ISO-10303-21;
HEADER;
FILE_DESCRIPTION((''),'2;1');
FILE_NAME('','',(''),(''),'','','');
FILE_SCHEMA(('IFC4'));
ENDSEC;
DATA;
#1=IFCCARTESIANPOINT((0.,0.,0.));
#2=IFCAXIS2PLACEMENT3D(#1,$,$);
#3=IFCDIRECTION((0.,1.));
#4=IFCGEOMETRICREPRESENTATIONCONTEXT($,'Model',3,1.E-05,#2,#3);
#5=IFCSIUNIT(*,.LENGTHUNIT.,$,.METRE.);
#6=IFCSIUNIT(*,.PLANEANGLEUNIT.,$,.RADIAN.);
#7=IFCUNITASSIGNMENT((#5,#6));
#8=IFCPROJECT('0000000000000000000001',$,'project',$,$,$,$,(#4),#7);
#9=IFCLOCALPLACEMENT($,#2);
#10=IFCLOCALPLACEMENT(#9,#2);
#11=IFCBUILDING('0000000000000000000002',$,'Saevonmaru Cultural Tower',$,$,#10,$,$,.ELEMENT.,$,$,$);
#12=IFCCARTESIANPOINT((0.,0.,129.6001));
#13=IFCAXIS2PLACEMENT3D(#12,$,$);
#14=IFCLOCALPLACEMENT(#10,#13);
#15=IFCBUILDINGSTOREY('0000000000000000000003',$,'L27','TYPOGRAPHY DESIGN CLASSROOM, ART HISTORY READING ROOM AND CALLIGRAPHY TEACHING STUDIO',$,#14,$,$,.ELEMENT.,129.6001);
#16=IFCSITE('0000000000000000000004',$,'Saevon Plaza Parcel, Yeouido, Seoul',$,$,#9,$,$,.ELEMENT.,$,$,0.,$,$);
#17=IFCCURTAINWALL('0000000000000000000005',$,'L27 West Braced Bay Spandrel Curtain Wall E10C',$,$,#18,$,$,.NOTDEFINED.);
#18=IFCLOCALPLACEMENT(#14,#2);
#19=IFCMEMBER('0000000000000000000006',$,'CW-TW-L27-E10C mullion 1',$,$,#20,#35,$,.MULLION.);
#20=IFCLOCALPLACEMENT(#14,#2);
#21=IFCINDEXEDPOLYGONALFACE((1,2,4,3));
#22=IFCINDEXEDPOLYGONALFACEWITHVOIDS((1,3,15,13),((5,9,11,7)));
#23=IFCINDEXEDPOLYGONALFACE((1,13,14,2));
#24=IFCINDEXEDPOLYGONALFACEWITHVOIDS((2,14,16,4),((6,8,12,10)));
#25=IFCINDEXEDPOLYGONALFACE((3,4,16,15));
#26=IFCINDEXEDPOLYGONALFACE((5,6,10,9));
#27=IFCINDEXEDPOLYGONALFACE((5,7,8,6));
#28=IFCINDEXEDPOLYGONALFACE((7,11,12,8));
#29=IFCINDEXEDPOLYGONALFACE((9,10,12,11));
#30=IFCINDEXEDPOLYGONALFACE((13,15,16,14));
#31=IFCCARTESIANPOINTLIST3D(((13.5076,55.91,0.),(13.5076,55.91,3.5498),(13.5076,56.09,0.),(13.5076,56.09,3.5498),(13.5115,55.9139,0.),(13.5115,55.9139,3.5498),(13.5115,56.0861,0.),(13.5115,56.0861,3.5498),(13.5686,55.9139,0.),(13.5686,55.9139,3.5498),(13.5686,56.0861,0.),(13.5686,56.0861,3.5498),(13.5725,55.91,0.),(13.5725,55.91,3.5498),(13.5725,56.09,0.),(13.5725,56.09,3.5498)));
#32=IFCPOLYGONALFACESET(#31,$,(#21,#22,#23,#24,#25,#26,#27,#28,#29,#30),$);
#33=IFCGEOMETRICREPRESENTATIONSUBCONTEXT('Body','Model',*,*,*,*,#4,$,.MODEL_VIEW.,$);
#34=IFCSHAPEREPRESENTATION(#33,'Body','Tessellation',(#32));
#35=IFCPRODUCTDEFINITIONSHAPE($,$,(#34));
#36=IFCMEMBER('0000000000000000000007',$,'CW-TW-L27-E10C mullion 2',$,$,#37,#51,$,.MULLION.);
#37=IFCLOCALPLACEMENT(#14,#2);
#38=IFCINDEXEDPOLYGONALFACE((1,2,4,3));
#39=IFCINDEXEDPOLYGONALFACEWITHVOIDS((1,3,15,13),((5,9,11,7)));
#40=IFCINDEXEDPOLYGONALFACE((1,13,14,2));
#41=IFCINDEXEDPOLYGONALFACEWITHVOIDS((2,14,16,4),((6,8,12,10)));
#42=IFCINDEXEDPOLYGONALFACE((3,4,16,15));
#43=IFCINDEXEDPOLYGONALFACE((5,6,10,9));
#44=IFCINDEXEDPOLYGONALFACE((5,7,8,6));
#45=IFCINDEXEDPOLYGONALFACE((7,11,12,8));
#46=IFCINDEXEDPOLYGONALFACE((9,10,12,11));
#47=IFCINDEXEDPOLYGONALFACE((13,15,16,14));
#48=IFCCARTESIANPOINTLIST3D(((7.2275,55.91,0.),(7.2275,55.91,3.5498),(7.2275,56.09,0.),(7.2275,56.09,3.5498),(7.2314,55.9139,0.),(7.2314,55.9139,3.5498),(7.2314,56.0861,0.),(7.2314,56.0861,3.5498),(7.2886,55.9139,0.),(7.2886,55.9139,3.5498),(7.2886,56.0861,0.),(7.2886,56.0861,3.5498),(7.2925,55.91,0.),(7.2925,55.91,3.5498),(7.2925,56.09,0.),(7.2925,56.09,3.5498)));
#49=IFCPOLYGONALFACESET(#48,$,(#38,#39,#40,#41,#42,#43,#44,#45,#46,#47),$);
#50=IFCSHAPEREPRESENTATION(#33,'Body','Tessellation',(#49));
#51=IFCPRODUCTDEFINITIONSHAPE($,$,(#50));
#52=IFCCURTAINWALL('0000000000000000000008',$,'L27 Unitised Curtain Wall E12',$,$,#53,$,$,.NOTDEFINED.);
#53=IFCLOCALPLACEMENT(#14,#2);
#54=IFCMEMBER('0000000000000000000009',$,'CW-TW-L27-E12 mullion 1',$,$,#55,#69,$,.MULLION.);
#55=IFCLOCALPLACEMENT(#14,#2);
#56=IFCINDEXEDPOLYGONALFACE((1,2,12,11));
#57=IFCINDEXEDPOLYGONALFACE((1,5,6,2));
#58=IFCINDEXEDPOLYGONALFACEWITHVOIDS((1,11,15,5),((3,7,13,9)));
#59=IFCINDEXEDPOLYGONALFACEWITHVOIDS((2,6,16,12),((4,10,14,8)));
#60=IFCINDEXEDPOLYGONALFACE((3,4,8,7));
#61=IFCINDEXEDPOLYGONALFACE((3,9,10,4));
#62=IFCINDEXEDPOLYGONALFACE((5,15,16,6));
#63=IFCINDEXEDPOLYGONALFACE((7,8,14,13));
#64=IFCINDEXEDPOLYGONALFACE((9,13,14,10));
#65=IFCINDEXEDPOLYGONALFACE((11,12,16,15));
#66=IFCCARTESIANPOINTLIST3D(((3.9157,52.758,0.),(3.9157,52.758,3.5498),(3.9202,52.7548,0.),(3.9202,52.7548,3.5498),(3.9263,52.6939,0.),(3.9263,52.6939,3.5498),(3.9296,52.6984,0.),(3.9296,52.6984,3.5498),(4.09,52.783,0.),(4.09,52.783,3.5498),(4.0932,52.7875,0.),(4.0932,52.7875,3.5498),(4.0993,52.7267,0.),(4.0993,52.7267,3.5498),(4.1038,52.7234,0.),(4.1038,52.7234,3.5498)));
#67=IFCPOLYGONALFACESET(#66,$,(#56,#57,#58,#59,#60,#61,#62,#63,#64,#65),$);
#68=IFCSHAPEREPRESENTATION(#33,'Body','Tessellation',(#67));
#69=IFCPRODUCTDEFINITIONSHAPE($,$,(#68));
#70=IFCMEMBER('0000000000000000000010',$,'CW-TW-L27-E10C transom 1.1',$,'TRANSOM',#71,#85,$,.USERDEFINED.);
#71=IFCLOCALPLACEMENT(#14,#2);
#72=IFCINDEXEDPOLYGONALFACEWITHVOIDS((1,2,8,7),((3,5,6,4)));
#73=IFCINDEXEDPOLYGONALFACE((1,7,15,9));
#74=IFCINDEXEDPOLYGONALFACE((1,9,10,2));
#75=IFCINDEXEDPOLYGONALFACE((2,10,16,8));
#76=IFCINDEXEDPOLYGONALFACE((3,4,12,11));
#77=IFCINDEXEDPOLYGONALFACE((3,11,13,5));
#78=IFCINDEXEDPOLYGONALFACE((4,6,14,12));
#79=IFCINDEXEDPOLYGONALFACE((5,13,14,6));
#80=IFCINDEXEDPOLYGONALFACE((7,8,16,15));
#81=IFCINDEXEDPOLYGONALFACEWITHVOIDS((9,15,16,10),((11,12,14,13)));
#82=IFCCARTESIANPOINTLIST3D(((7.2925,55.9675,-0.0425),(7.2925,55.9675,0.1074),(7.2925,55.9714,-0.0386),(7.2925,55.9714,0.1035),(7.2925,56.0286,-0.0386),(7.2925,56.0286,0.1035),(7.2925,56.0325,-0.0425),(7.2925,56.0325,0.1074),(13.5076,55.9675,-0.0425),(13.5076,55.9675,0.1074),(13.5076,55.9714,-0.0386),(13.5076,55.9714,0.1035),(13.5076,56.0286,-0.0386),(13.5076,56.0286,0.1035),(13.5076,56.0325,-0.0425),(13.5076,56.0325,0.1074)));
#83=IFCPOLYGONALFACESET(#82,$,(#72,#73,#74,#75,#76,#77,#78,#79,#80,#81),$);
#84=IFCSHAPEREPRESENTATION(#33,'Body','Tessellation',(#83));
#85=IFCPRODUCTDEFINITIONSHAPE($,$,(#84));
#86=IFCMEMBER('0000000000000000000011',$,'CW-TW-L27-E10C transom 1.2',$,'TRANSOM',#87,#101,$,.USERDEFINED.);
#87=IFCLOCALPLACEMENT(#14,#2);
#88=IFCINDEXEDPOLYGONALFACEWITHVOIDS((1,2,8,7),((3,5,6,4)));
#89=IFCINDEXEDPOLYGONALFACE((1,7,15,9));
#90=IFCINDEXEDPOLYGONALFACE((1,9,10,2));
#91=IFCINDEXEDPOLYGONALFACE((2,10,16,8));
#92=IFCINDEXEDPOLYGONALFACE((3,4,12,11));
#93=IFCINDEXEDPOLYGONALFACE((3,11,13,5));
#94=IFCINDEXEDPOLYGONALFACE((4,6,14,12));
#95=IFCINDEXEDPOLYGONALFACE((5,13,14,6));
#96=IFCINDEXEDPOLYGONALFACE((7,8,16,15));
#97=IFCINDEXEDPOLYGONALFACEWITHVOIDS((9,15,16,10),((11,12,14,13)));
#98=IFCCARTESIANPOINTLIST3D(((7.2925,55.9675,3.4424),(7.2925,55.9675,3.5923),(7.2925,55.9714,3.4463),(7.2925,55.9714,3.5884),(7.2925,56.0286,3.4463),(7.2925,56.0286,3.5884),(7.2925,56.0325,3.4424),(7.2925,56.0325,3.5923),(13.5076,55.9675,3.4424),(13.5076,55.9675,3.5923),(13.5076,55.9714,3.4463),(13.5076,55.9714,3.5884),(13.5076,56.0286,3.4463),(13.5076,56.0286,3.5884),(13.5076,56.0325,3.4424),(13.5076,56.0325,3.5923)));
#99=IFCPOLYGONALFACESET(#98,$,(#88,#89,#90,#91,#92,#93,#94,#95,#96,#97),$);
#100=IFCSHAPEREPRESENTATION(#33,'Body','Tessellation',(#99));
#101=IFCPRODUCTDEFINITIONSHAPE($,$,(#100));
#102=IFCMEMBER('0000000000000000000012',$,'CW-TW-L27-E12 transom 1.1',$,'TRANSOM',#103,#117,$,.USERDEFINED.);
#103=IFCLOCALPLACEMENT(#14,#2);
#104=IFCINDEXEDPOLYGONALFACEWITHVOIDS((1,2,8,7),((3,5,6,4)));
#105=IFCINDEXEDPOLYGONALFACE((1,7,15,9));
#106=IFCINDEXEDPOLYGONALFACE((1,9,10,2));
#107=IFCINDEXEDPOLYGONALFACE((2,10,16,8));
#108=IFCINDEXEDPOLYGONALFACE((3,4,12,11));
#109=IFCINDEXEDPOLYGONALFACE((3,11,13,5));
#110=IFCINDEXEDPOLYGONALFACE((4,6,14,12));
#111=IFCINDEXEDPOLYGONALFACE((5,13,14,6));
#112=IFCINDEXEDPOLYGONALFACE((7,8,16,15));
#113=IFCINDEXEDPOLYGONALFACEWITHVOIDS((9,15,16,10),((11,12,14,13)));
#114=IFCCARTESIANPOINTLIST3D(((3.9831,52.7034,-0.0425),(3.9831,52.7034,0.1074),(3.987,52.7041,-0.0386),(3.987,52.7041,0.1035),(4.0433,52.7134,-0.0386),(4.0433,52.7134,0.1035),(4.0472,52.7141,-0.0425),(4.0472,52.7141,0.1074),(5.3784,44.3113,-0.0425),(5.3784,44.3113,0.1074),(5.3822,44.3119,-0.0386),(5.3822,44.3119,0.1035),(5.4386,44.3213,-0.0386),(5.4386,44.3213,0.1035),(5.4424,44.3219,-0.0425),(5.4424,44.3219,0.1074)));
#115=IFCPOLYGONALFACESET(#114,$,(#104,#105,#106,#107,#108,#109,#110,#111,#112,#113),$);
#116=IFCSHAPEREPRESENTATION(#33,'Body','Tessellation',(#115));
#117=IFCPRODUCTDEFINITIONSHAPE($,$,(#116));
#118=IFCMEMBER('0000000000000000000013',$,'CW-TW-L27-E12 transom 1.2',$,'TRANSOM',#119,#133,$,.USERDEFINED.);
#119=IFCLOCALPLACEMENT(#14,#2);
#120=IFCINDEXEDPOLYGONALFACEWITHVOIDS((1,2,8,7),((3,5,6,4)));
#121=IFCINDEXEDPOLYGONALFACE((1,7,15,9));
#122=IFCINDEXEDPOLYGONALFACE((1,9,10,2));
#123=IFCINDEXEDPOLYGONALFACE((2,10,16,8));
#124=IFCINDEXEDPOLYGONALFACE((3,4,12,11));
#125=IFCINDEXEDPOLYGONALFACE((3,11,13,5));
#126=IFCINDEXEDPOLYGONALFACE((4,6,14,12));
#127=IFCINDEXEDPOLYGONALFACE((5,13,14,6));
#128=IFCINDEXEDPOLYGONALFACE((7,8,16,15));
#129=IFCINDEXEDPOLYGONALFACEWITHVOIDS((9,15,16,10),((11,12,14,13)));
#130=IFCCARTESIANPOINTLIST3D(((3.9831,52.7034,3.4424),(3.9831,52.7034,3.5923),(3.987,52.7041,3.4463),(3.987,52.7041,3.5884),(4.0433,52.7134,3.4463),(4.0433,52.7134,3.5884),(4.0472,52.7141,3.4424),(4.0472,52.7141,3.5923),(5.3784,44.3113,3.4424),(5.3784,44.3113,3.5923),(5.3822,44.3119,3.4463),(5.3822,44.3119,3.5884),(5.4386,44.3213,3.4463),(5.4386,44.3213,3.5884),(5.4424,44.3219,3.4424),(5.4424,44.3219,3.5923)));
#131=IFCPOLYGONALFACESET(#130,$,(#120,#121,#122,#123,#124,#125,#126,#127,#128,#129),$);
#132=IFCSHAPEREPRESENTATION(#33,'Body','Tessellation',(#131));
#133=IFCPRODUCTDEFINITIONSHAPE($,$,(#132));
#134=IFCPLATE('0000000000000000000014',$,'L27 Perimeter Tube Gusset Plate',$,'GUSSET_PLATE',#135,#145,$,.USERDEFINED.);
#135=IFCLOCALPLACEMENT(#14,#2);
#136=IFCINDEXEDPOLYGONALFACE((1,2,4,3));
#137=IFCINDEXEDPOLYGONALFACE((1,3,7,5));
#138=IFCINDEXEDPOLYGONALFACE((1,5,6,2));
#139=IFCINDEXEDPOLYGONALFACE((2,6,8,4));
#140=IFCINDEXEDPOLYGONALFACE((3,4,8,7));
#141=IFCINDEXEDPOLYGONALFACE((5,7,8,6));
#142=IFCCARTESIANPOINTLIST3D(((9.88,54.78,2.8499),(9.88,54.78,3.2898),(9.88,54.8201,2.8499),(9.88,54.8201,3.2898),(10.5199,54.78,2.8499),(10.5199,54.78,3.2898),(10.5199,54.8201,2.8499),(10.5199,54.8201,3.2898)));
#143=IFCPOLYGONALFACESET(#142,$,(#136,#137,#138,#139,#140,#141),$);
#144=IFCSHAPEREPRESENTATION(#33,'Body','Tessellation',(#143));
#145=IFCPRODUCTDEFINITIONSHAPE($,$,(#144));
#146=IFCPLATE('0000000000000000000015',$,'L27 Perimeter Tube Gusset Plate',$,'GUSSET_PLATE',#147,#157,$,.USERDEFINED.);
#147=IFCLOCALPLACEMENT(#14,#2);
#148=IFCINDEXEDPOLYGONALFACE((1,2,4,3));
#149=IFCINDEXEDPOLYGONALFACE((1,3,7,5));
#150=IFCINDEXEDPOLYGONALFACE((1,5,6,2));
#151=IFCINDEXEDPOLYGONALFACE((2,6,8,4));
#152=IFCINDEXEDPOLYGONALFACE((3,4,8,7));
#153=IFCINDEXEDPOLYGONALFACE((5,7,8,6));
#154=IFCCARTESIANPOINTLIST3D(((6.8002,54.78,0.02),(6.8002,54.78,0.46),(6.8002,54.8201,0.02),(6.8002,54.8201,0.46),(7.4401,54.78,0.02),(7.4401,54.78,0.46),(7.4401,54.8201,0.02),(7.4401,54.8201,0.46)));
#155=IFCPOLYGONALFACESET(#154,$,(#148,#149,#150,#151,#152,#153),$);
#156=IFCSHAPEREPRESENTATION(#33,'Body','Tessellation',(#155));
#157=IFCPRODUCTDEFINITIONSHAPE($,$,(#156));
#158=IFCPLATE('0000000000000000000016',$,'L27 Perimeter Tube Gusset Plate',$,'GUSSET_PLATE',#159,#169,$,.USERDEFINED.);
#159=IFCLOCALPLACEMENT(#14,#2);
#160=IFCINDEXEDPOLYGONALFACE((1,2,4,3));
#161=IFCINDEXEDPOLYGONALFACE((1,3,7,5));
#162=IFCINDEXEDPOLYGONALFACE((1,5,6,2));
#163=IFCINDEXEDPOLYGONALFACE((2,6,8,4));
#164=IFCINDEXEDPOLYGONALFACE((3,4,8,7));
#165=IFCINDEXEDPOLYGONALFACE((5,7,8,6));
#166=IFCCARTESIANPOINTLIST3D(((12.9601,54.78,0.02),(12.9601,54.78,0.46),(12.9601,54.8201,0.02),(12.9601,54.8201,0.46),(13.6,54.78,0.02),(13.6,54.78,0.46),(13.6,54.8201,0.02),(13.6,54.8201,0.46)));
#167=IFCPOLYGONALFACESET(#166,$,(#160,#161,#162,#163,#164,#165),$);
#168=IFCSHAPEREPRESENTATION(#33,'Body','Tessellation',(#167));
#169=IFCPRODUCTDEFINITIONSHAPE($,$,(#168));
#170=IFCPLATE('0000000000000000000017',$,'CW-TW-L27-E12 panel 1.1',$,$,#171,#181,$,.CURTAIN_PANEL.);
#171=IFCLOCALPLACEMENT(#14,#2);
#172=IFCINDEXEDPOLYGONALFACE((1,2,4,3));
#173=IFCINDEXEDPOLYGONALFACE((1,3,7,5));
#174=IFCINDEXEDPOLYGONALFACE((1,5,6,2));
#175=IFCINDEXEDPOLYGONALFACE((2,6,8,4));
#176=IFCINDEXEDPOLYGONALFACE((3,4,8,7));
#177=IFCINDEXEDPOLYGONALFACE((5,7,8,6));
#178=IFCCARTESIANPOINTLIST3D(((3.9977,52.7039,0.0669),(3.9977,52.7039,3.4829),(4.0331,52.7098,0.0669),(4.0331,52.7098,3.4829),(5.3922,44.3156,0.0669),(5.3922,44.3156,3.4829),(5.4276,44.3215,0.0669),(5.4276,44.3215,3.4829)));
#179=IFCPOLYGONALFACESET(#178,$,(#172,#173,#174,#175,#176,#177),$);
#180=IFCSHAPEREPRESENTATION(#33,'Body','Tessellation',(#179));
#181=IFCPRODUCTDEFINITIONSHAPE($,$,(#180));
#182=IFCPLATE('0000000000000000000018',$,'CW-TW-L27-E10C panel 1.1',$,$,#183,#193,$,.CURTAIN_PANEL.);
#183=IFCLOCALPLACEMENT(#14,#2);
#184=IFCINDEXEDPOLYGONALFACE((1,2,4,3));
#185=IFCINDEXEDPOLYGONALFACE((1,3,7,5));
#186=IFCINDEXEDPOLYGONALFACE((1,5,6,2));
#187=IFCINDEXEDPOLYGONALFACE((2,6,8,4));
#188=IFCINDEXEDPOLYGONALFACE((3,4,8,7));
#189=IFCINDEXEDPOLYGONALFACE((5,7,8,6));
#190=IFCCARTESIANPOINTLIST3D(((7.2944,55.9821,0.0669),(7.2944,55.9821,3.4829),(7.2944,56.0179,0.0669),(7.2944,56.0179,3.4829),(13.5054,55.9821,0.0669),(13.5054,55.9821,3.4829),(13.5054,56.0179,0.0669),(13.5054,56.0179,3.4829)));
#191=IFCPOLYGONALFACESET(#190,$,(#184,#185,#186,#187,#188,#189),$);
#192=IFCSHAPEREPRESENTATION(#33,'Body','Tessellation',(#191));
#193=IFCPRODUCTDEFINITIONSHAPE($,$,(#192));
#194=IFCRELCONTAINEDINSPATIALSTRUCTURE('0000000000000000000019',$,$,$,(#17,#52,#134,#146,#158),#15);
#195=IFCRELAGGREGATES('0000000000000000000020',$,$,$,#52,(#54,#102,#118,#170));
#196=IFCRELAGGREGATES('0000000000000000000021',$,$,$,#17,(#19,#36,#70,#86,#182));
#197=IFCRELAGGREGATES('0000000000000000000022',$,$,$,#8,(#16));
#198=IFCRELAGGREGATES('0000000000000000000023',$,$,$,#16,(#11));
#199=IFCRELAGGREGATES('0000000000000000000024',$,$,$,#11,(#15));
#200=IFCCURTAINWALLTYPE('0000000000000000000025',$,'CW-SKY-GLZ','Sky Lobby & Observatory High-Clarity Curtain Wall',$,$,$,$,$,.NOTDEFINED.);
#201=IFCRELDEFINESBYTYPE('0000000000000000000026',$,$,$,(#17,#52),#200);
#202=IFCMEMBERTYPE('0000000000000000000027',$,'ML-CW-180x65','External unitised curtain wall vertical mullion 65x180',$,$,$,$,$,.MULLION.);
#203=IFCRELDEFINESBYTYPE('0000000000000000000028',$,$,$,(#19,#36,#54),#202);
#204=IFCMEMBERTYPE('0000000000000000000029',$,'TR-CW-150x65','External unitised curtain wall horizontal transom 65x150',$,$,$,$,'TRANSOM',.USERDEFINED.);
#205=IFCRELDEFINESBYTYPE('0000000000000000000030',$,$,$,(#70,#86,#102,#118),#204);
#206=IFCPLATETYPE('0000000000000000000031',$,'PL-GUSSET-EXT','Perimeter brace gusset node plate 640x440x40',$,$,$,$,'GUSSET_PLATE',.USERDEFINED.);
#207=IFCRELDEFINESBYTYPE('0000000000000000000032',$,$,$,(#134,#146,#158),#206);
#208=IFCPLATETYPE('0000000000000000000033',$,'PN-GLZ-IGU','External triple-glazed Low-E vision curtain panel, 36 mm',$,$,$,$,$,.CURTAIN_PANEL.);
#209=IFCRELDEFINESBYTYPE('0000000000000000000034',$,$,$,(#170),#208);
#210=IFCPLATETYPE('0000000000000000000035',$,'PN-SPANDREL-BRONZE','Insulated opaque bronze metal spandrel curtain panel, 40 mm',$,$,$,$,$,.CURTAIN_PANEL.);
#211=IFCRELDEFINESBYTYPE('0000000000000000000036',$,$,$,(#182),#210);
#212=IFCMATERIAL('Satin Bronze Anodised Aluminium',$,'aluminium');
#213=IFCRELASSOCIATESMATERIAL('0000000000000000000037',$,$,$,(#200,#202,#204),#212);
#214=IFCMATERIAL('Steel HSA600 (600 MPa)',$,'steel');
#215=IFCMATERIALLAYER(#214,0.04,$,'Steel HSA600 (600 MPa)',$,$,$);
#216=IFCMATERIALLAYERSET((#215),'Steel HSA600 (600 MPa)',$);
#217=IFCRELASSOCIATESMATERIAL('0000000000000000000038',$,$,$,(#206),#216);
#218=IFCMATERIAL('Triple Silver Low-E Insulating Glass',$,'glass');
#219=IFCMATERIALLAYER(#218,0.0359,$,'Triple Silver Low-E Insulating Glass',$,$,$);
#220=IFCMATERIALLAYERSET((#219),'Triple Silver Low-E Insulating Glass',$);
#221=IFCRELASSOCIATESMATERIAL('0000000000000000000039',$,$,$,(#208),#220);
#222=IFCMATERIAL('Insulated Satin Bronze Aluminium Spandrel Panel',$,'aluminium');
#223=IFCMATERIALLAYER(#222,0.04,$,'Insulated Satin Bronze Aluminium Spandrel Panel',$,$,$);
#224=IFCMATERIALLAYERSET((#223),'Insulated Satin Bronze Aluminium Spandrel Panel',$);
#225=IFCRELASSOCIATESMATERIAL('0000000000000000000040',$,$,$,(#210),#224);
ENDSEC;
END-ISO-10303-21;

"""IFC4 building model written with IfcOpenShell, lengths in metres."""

from ifc_helpers import new_model, si_unit, direction, frame, origin, origin_2d, place, context, subcontext, project, spatial, rectangle, hollow_rectangle, extrude, material, layer, layer_set, material_profile, profile_set, type_object, element, aggregate, save


model = new_model("IFC4")

# Units and contexts
model_context = context("Model", 3, precision=1e-05, world=origin(), true_north=direction((0.0, 1.0)))
body_context = subcontext(model_context, "Body", "Model", "MODEL_VIEW")
ifc_project = project(units=[si_unit("LENGTHUNIT", "METRE"), si_unit("PLANEANGLEUNIT", "RADIAN")], contexts=[model_context])

# Site, building, storey
site_placement = place(None, origin())
site = spatial("IfcSite", under=ifc_project, at=site_placement, Name="Saevon Plaza Parcel, Yeouido, Seoul", CompositionType="ELEMENT", RefElevation=0.0)
building_placement = place(site_placement, origin())
building = spatial("IfcBuilding", under=site, at=building_placement, Name="Saevonmaru Cultural Tower", CompositionType="ELEMENT")
storey_placement = place(building_placement, frame((0.0, 0.0, 129.6001)))
storey = spatial("IfcBuildingStorey", under=building, at=storey_placement, Name="L27", Description="TYPOGRAPHY DESIGN CLASSROOM, ART HISTORY READING ROOM AND CALLIGRAPHY TEACHING STUDIO", CompositionType="ELEMENT", Elevation=129.6001)

# Curtain wall, members
ifc_material_1 = material(Name="Satin Bronze Anodised Aluminium", Category="aluminium")
curtain_wall_type = type_object("IfcCurtainWallType", Name="CW-SKY-GLZ", Description="Sky Lobby & Observatory High-Clarity Curtain Wall", PredefinedType="NOTDEFINED", material=ifc_material_1)
curtain_wall_1_placement = place(storey_placement, origin())
curtain_wall_1 = element("IfcCurtainWall", 1, at=curtain_wall_1_placement, inside=storey, type_object=curtain_wall_type, Name="L27 West Braced Bay Spandrel Curtain Wall E10C", PredefinedType="NOTDEFINED")
ifc_material_profile_1 = material_profile(ifc_material_1, hollow_rectangle(XDim=0.0649, YDim=0.1799, WallThickness=0.0039, at=origin_2d()), Name="ALU-MULL-180x65x4")
ifc_profile_set_1 = profile_set([ifc_material_profile_1], Name="Satin Bronze Anodised Aluminium")
member_type_1 = type_object("IfcMemberType", Name="ML-CW-180x65", Description="External unitised curtain wall vertical mullion 65x180", PredefinedType="MULLION", material=ifc_profile_set_1)
member_1_placement = place(storey_placement, frame((13.54, 56.0, 0.0), z_axis=(0.0, 0.0, 1.0), x_axis=(-1.0, 0.0, 0.0)))
member_1 = element("IfcMember", 2, at=member_1_placement, type_object=member_type_1, Name="CW-TW-L27-E10C mullion 1", PredefinedType="MULLION", context=body_context, shape_type="SweptSolid", body=[
    extrude(hollow_rectangle(XDim=0.0649, YDim=0.1799, WallThickness=0.0039, at=origin_2d()), origin(), (0.0, 0.0, 1.0), 3.5498),
])
member_2_placement = place(storey_placement, frame((7.26, 56.0, 0.0), z_axis=(0.0, 0.0, 1.0), x_axis=(-1.0, 0.0, 0.0)))
member_2 = element("IfcMember", 3, at=member_2_placement, type_object=member_type_1, Name="CW-TW-L27-E10C mullion 2", PredefinedType="MULLION", context=body_context, shape_type="SweptSolid", body=[
    extrude(hollow_rectangle(XDim=0.0649, YDim=0.1799, WallThickness=0.0039, at=origin_2d()), origin(), (0.0, 0.0, 1.0), 3.5498),
])

# Curtain wall, member
curtain_wall_2_placement = place(storey_placement, origin())
curtain_wall_2 = element("IfcCurtainWall", 4, at=curtain_wall_2_placement, inside=storey, type_object=curtain_wall_type, Name="L27 Unitised Curtain Wall E12", PredefinedType="NOTDEFINED")
member_3_placement = place(storey_placement, frame((4.0098, 52.7407, 0.0), z_axis=(0.0, 0.0, 1.0), x_axis=(0.163999, -0.986461, 0.0)))
member_3 = element("IfcMember", 5, at=member_3_placement, type_object=member_type_1, Name="CW-TW-L27-E12 mullion 1", PredefinedType="MULLION", context=body_context, shape_type="SweptSolid", body=[
    extrude(hollow_rectangle(XDim=0.0649, YDim=0.1799, WallThickness=0.0039, at=origin_2d()), origin(), (0.0, 0.0, 1.0), 3.5498),
])

# Members
ifc_material_profile_2 = material_profile(ifc_material_1, hollow_rectangle(XDim=0.0649, YDim=0.1499, WallThickness=0.0039, at=origin_2d()), Name="ALU-TRAN-150x65x4")
ifc_profile_set_2 = profile_set([ifc_material_profile_2], Name="Satin Bronze Anodised Aluminium")
member_type_2 = type_object("IfcMemberType", Name="TR-CW-150x65", Description="External unitised curtain wall horizontal transom 65x150", ElementType="TRANSOM", PredefinedType="USERDEFINED", material=ifc_profile_set_2)
member_4_placement = place(storey_placement, frame((13.5076, 56.0, 0.0325), z_axis=(-1.0, 0.0, 0.0), x_axis=(0.0, -1.0, 0.0)))
member_4 = element("IfcMember", 6, at=member_4_placement, type_object=member_type_2, Name="CW-TW-L27-E10C transom 1.1", ObjectType="TRANSOM", PredefinedType="USERDEFINED", context=body_context, shape_type="SweptSolid", body=[
    extrude(hollow_rectangle(XDim=0.0649, YDim=0.1499, WallThickness=0.0039, at=origin_2d()), origin(), (0.0, 0.0, 1.0), 6.2151),
])
member_5_placement = place(storey_placement, frame((13.5076, 56.0, 3.5173), z_axis=(-1.0, 0.0, 0.0), x_axis=(0.0, -1.0, 0.0)))
member_5 = element("IfcMember", 7, at=member_5_placement, type_object=member_type_2, Name="CW-TW-L27-E10C transom 1.2", ObjectType="TRANSOM", PredefinedType="USERDEFINED", context=body_context, shape_type="SweptSolid", body=[
    extrude(hollow_rectangle(XDim=0.0649, YDim=0.1499, WallThickness=0.0039, at=origin_2d()), origin(), (0.0, 0.0, 1.0), 6.2151),
])
member_6_placement = place(storey_placement, frame((4.0151, 52.7087, 0.0325), z_axis=(0.164008, -0.986459, 0.0), x_axis=(0.986459, 0.164008, 0.0)))
member_6 = element("IfcMember", 8, at=member_6_placement, type_object=member_type_2, Name="CW-TW-L27-E12 transom 1.1", ObjectType="TRANSOM", PredefinedType="USERDEFINED", context=body_context, shape_type="SweptSolid", body=[
    extrude(hollow_rectangle(XDim=0.0649, YDim=0.1499, WallThickness=0.0039, at=origin_2d()), origin(), (0.0, 0.0, 1.0), 8.5073),
])
member_7_placement = place(storey_placement, frame((4.0151, 52.7087, 3.5173), z_axis=(0.164008, -0.986459, 0.0), x_axis=(0.986459, 0.164008, 0.0)))
member_7 = element("IfcMember", 9, at=member_7_placement, type_object=member_type_2, Name="CW-TW-L27-E12 transom 1.2", ObjectType="TRANSOM", PredefinedType="USERDEFINED", context=body_context, shape_type="SweptSolid", body=[
    extrude(hollow_rectangle(XDim=0.0649, YDim=0.1499, WallThickness=0.0039, at=origin_2d()), origin(), (0.0, 0.0, 1.0), 8.5073),
])

# Plates
ifc_material_2 = material(Name="Steel HSA600 (600 MPa)", Category="steel")
ifc_layer_1 = layer(ifc_material_2, 0.04, Name="Steel HSA600 (600 MPa)")
ifc_layer_set_1 = layer_set([ifc_layer_1], Name="Steel HSA600 (600 MPa)")
plate_type_1 = type_object("IfcPlateType", Name="PL-GUSSET-EXT", Description="Perimeter brace gusset node plate 640x440x40", ElementType="GUSSET_PLATE", PredefinedType="USERDEFINED", material=ifc_layer_set_1)
for number, where, z_axis, x_axis, name in (
    (10, (10.2, 54.8, 2.8499), (0.0, 0.0, 1.0), (1.0, 0.0, 0.0), "L27 Perimeter Tube Gusset Plate"),
    (11, (7.1201, 54.8, 0.02), (0.0, 0.0, 1.0), (1.0, 0.0, 0.0), "L27 Perimeter Tube Gusset Plate"),
    (12, (13.28, 54.8, 0.02), (0.0, 0.0, 1.0), (1.0, 0.0, 0.0), "L27 Perimeter Tube Gusset Plate"),
):
    element("IfcPlate", number, at=place(storey_placement, frame(where, z_axis=z_axis, x_axis=x_axis)), inside=storey, type_object=plate_type_1, Name=name, ObjectType="GUSSET_PLATE", PredefinedType="USERDEFINED", context=body_context, shape_type="SweptSolid", body=[
        extrude(rectangle(XDim=0.6399, YDim=0.04, at=origin_2d()), origin(), (0.0, 0.0, 1.0), 0.4399),
    ])

# Plates
ifc_material_3 = material(Name="Triple Silver Low-E Insulating Glass", Category="glass")
ifc_layer_2 = layer(ifc_material_3, 0.0359, Name="Triple Silver Low-E Insulating Glass")
ifc_layer_set_2 = layer_set([ifc_layer_2], Name="Triple Silver Low-E Insulating Glass")
plate_type_2 = type_object("IfcPlateType", Name="PN-GLZ-IGU", Description="External triple-glazed Low-E vision curtain panel, 36 mm", PredefinedType="CURTAIN_PANEL", material=ifc_layer_set_2)
plate_1_placement = place(storey_placement, frame((4.7126, 48.5127, 0.0669), z_axis=(0.0, 0.0, 1.0), x_axis=(0.163999, -0.986461, 0.0)))
plate_1 = element("IfcPlate", 13, at=plate_1_placement, type_object=plate_type_2, Name="CW-TW-L27-E12 panel 1.1", PredefinedType="CURTAIN_PANEL", context=body_context, shape_type="SweptSolid", body=[
    extrude(rectangle(XDim=8.5034, YDim=0.0359, at=origin_2d()), origin(), (0.0, 0.0, 1.0), 3.416),
])
aggregate(curtain_wall_2, [member_3, member_6, member_7, plate_1])
ifc_material_4 = material(Name="Insulated Satin Bronze Aluminium Spandrel Panel", Category="aluminium")
ifc_layer_3 = layer(ifc_material_4, 0.04, Name="Insulated Satin Bronze Aluminium Spandrel Panel")
ifc_layer_set_3 = layer_set([ifc_layer_3], Name="Insulated Satin Bronze Aluminium Spandrel Panel")
plate_type_3 = type_object("IfcPlateType", Name="PN-SPANDREL-BRONZE", Description="Insulated opaque bronze metal spandrel curtain panel, 40 mm", PredefinedType="CURTAIN_PANEL", material=ifc_layer_set_3)
plate_2_placement = place(storey_placement, frame((10.3999, 56.0, 0.0669), z_axis=(0.0, 0.0, 1.0), x_axis=(-1.0, 0.0, 0.0)))
plate_2 = element("IfcPlate", 14, at=plate_2_placement, type_object=plate_type_3, Name="CW-TW-L27-E10C panel 1.1", PredefinedType="CURTAIN_PANEL", context=body_context, shape_type="SweptSolid", body=[
    extrude(rectangle(XDim=6.2109, YDim=0.0359, at=origin_2d()), origin(), (0.0, 0.0, 1.0), 3.416),
])
aggregate(curtain_wall_1, [member_1, member_2, member_4, member_5, plate_2])

save(model, "model.ifc")
